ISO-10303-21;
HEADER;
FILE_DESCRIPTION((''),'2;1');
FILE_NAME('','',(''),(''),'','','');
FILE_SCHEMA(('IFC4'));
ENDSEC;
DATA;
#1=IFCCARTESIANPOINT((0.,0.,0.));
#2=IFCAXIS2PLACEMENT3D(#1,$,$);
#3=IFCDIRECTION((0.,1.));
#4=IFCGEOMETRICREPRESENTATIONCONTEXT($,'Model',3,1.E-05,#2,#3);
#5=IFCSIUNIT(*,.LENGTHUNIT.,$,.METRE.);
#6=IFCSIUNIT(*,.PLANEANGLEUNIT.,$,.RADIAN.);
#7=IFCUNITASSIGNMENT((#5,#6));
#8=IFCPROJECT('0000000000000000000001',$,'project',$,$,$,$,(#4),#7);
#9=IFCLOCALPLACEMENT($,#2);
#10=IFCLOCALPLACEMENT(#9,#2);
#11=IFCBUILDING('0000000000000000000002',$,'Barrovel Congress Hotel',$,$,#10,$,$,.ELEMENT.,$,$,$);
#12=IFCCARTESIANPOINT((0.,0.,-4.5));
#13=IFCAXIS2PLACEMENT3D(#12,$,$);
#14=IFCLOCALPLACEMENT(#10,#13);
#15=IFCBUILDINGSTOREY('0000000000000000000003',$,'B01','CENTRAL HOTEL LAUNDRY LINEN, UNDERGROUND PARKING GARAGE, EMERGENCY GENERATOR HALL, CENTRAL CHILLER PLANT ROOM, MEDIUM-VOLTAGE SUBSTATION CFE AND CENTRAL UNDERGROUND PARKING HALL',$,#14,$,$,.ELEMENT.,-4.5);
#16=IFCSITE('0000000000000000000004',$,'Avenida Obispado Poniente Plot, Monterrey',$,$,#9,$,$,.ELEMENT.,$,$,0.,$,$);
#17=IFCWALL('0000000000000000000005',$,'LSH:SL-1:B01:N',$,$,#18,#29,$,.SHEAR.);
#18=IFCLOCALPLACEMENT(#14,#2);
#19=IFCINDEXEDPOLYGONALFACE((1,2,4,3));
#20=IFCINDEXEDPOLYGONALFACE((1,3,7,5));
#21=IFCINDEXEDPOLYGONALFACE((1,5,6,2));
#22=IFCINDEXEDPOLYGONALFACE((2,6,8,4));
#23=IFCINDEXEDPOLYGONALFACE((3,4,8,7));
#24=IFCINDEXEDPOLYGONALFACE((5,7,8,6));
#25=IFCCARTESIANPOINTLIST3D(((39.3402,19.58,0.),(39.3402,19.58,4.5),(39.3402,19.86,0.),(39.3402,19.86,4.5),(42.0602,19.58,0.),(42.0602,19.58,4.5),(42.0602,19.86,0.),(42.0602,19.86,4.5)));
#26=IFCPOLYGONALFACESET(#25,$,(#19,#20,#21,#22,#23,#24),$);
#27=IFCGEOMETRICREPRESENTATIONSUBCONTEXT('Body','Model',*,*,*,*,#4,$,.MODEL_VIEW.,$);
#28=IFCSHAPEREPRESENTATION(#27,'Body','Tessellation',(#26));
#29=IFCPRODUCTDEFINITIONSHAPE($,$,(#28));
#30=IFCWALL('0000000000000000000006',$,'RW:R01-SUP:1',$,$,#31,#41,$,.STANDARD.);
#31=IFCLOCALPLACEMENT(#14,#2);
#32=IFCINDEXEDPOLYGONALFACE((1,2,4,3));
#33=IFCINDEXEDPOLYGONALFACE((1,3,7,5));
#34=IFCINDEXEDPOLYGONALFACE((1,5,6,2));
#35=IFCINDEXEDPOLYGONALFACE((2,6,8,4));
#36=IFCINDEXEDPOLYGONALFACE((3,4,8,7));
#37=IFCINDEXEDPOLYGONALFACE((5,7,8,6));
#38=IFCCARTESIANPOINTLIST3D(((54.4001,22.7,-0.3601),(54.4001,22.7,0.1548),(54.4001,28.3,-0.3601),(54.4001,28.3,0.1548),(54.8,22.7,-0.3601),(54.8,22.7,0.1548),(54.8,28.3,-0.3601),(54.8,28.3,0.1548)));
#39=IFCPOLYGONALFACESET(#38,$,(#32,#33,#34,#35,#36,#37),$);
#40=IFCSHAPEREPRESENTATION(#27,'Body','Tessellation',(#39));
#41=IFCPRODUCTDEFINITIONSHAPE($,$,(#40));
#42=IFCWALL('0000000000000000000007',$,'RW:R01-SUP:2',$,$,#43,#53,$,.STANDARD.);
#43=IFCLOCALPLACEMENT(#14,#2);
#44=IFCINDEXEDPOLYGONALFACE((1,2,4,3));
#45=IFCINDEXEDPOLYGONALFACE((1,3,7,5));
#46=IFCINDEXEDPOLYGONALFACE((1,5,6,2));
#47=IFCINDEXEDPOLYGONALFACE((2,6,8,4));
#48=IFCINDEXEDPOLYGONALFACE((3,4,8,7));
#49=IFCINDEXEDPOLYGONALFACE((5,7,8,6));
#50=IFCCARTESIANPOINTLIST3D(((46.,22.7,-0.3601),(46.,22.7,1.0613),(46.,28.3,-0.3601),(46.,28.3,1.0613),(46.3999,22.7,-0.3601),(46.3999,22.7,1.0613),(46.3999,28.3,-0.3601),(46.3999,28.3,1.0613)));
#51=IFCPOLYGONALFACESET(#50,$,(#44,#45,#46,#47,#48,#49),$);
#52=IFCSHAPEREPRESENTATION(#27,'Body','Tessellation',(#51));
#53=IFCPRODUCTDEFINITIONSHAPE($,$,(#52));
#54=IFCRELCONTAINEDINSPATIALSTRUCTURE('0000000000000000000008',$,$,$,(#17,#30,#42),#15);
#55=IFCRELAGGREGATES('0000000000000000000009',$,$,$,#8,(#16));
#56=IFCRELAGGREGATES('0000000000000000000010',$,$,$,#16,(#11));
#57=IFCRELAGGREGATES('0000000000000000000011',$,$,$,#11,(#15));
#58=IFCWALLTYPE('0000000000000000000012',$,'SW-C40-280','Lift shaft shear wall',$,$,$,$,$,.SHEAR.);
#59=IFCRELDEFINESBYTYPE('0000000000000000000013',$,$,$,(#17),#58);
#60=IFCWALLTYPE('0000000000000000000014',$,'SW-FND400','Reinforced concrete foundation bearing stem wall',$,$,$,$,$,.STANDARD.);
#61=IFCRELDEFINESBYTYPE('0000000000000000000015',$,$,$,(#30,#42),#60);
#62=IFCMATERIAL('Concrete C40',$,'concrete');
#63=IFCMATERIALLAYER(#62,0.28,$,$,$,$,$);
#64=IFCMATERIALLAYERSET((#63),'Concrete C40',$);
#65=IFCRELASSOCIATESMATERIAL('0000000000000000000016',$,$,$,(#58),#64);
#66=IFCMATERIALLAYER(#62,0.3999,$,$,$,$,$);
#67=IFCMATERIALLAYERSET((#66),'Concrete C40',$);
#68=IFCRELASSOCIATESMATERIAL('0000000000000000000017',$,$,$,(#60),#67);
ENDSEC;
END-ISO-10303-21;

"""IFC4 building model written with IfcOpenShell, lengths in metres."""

from ifc_helpers import new_model, si_unit, direction, frame, frame_2d, origin, place, context, subcontext, project, spatial, rectangle, extrude, material, layer, layer_set, type_object, element, save


model = new_model("IFC4")

# Units and contexts
model_context = context("Model", 3, precision=1e-05, world=origin(), true_north=direction((0.0, 1.0)))
body_context = subcontext(model_context, "Body", "Model", "MODEL_VIEW")
ifc_project = project(units=[si_unit("LENGTHUNIT", "METRE"), si_unit("PLANEANGLEUNIT", "RADIAN")], contexts=[model_context])

# Site, building, storey
site_placement = place(None, origin())
site = spatial("IfcSite", under=ifc_project, at=site_placement, Name="Avenida Obispado Poniente Plot, Monterrey", CompositionType="ELEMENT", RefElevation=0.0)
building_placement = place(site_placement, origin())
building = spatial("IfcBuilding", under=site, at=building_placement, Name="Barrovel Congress Hotel", CompositionType="ELEMENT")
storey_placement = place(building_placement, frame((0.0, 0.0, -4.5)))
storey = spatial("IfcBuildingStorey", under=building, at=storey_placement, Name="B01", Description="CENTRAL HOTEL LAUNDRY LINEN, UNDERGROUND PARKING GARAGE, EMERGENCY GENERATOR HALL, CENTRAL CHILLER PLANT ROOM, MEDIUM-VOLTAGE SUBSTATION CFE AND CENTRAL UNDERGROUND PARKING HALL", CompositionType="ELEMENT", Elevation=-4.5)

# Shared definitions
ifc_material_1 = material(Name="Concrete C40", Category="concrete")

# Walls
ifc_layer_1 = layer(ifc_material_1, 0.28)
ifc_layer_set_1 = layer_set([ifc_layer_1], Name="Concrete C40")
wall_type_1 = type_object("IfcWallType", Name="SW-C40-280", Description="Lift shaft shear wall", PredefinedType="SHEAR", material=ifc_layer_set_1)
wall_1_placement = place(storey_placement, frame((42.0601, 19.72, 0.0), z_axis=(0.0, 0.0, 1.0), x_axis=(-1.0, 0.0, 0.0)))
element("IfcWall", 1, at=wall_1_placement, inside=storey, type_object=wall_type_1, Name="LSH:SL-1:B01:N", PredefinedType="SHEAR", context=body_context, shape_type="SweptSolid", body=[
    extrude(rectangle(XDim=2.72, YDim=0.28, at=frame_2d((1.3599, 0.0))), origin(), (0.0, 0.0, 1.0), 4.5),
])
ifc_layer_2 = layer(ifc_material_1, 0.3999)
ifc_layer_set_2 = layer_set([ifc_layer_2], Name="Concrete C40")
wall_type_2 = type_object("IfcWallType", Name="SW-FND400", Description="Reinforced concrete foundation bearing stem wall", PredefinedType="STANDARD", material=ifc_layer_set_2)
wall_2_placement = place(storey_placement, frame((54.6001, 22.7, -0.3601), z_axis=(0.0, 0.0, 1.0), x_axis=(0.0, 1.0, 0.0)))
element("IfcWall", 2, at=wall_2_placement, inside=storey, type_object=wall_type_2, Name="RW:R01-SUP:1", PredefinedType="STANDARD", context=body_context, shape_type="SweptSolid", body=[
    extrude(rectangle(XDim=5.6001, YDim=0.3999, at=frame_2d((2.8, 0.0))), origin(), (0.0, 0.0, 1.0), 0.5149),
])
wall_3_placement = place(storey_placement, frame((46.2, 22.7, -0.3601), z_axis=(0.0, 0.0, 1.0), x_axis=(0.0, 1.0, 0.0)))
element("IfcWall", 3, at=wall_3_placement, inside=storey, type_object=wall_type_2, Name="RW:R01-SUP:2", PredefinedType="STANDARD", context=body_context, shape_type="SweptSolid", body=[
    extrude(rectangle(XDim=5.6001, YDim=0.3999, at=frame_2d((2.8, 0.0))), origin(), (0.0, 0.0, 1.0), 1.4214),
])

save(model, "model.ifc")
